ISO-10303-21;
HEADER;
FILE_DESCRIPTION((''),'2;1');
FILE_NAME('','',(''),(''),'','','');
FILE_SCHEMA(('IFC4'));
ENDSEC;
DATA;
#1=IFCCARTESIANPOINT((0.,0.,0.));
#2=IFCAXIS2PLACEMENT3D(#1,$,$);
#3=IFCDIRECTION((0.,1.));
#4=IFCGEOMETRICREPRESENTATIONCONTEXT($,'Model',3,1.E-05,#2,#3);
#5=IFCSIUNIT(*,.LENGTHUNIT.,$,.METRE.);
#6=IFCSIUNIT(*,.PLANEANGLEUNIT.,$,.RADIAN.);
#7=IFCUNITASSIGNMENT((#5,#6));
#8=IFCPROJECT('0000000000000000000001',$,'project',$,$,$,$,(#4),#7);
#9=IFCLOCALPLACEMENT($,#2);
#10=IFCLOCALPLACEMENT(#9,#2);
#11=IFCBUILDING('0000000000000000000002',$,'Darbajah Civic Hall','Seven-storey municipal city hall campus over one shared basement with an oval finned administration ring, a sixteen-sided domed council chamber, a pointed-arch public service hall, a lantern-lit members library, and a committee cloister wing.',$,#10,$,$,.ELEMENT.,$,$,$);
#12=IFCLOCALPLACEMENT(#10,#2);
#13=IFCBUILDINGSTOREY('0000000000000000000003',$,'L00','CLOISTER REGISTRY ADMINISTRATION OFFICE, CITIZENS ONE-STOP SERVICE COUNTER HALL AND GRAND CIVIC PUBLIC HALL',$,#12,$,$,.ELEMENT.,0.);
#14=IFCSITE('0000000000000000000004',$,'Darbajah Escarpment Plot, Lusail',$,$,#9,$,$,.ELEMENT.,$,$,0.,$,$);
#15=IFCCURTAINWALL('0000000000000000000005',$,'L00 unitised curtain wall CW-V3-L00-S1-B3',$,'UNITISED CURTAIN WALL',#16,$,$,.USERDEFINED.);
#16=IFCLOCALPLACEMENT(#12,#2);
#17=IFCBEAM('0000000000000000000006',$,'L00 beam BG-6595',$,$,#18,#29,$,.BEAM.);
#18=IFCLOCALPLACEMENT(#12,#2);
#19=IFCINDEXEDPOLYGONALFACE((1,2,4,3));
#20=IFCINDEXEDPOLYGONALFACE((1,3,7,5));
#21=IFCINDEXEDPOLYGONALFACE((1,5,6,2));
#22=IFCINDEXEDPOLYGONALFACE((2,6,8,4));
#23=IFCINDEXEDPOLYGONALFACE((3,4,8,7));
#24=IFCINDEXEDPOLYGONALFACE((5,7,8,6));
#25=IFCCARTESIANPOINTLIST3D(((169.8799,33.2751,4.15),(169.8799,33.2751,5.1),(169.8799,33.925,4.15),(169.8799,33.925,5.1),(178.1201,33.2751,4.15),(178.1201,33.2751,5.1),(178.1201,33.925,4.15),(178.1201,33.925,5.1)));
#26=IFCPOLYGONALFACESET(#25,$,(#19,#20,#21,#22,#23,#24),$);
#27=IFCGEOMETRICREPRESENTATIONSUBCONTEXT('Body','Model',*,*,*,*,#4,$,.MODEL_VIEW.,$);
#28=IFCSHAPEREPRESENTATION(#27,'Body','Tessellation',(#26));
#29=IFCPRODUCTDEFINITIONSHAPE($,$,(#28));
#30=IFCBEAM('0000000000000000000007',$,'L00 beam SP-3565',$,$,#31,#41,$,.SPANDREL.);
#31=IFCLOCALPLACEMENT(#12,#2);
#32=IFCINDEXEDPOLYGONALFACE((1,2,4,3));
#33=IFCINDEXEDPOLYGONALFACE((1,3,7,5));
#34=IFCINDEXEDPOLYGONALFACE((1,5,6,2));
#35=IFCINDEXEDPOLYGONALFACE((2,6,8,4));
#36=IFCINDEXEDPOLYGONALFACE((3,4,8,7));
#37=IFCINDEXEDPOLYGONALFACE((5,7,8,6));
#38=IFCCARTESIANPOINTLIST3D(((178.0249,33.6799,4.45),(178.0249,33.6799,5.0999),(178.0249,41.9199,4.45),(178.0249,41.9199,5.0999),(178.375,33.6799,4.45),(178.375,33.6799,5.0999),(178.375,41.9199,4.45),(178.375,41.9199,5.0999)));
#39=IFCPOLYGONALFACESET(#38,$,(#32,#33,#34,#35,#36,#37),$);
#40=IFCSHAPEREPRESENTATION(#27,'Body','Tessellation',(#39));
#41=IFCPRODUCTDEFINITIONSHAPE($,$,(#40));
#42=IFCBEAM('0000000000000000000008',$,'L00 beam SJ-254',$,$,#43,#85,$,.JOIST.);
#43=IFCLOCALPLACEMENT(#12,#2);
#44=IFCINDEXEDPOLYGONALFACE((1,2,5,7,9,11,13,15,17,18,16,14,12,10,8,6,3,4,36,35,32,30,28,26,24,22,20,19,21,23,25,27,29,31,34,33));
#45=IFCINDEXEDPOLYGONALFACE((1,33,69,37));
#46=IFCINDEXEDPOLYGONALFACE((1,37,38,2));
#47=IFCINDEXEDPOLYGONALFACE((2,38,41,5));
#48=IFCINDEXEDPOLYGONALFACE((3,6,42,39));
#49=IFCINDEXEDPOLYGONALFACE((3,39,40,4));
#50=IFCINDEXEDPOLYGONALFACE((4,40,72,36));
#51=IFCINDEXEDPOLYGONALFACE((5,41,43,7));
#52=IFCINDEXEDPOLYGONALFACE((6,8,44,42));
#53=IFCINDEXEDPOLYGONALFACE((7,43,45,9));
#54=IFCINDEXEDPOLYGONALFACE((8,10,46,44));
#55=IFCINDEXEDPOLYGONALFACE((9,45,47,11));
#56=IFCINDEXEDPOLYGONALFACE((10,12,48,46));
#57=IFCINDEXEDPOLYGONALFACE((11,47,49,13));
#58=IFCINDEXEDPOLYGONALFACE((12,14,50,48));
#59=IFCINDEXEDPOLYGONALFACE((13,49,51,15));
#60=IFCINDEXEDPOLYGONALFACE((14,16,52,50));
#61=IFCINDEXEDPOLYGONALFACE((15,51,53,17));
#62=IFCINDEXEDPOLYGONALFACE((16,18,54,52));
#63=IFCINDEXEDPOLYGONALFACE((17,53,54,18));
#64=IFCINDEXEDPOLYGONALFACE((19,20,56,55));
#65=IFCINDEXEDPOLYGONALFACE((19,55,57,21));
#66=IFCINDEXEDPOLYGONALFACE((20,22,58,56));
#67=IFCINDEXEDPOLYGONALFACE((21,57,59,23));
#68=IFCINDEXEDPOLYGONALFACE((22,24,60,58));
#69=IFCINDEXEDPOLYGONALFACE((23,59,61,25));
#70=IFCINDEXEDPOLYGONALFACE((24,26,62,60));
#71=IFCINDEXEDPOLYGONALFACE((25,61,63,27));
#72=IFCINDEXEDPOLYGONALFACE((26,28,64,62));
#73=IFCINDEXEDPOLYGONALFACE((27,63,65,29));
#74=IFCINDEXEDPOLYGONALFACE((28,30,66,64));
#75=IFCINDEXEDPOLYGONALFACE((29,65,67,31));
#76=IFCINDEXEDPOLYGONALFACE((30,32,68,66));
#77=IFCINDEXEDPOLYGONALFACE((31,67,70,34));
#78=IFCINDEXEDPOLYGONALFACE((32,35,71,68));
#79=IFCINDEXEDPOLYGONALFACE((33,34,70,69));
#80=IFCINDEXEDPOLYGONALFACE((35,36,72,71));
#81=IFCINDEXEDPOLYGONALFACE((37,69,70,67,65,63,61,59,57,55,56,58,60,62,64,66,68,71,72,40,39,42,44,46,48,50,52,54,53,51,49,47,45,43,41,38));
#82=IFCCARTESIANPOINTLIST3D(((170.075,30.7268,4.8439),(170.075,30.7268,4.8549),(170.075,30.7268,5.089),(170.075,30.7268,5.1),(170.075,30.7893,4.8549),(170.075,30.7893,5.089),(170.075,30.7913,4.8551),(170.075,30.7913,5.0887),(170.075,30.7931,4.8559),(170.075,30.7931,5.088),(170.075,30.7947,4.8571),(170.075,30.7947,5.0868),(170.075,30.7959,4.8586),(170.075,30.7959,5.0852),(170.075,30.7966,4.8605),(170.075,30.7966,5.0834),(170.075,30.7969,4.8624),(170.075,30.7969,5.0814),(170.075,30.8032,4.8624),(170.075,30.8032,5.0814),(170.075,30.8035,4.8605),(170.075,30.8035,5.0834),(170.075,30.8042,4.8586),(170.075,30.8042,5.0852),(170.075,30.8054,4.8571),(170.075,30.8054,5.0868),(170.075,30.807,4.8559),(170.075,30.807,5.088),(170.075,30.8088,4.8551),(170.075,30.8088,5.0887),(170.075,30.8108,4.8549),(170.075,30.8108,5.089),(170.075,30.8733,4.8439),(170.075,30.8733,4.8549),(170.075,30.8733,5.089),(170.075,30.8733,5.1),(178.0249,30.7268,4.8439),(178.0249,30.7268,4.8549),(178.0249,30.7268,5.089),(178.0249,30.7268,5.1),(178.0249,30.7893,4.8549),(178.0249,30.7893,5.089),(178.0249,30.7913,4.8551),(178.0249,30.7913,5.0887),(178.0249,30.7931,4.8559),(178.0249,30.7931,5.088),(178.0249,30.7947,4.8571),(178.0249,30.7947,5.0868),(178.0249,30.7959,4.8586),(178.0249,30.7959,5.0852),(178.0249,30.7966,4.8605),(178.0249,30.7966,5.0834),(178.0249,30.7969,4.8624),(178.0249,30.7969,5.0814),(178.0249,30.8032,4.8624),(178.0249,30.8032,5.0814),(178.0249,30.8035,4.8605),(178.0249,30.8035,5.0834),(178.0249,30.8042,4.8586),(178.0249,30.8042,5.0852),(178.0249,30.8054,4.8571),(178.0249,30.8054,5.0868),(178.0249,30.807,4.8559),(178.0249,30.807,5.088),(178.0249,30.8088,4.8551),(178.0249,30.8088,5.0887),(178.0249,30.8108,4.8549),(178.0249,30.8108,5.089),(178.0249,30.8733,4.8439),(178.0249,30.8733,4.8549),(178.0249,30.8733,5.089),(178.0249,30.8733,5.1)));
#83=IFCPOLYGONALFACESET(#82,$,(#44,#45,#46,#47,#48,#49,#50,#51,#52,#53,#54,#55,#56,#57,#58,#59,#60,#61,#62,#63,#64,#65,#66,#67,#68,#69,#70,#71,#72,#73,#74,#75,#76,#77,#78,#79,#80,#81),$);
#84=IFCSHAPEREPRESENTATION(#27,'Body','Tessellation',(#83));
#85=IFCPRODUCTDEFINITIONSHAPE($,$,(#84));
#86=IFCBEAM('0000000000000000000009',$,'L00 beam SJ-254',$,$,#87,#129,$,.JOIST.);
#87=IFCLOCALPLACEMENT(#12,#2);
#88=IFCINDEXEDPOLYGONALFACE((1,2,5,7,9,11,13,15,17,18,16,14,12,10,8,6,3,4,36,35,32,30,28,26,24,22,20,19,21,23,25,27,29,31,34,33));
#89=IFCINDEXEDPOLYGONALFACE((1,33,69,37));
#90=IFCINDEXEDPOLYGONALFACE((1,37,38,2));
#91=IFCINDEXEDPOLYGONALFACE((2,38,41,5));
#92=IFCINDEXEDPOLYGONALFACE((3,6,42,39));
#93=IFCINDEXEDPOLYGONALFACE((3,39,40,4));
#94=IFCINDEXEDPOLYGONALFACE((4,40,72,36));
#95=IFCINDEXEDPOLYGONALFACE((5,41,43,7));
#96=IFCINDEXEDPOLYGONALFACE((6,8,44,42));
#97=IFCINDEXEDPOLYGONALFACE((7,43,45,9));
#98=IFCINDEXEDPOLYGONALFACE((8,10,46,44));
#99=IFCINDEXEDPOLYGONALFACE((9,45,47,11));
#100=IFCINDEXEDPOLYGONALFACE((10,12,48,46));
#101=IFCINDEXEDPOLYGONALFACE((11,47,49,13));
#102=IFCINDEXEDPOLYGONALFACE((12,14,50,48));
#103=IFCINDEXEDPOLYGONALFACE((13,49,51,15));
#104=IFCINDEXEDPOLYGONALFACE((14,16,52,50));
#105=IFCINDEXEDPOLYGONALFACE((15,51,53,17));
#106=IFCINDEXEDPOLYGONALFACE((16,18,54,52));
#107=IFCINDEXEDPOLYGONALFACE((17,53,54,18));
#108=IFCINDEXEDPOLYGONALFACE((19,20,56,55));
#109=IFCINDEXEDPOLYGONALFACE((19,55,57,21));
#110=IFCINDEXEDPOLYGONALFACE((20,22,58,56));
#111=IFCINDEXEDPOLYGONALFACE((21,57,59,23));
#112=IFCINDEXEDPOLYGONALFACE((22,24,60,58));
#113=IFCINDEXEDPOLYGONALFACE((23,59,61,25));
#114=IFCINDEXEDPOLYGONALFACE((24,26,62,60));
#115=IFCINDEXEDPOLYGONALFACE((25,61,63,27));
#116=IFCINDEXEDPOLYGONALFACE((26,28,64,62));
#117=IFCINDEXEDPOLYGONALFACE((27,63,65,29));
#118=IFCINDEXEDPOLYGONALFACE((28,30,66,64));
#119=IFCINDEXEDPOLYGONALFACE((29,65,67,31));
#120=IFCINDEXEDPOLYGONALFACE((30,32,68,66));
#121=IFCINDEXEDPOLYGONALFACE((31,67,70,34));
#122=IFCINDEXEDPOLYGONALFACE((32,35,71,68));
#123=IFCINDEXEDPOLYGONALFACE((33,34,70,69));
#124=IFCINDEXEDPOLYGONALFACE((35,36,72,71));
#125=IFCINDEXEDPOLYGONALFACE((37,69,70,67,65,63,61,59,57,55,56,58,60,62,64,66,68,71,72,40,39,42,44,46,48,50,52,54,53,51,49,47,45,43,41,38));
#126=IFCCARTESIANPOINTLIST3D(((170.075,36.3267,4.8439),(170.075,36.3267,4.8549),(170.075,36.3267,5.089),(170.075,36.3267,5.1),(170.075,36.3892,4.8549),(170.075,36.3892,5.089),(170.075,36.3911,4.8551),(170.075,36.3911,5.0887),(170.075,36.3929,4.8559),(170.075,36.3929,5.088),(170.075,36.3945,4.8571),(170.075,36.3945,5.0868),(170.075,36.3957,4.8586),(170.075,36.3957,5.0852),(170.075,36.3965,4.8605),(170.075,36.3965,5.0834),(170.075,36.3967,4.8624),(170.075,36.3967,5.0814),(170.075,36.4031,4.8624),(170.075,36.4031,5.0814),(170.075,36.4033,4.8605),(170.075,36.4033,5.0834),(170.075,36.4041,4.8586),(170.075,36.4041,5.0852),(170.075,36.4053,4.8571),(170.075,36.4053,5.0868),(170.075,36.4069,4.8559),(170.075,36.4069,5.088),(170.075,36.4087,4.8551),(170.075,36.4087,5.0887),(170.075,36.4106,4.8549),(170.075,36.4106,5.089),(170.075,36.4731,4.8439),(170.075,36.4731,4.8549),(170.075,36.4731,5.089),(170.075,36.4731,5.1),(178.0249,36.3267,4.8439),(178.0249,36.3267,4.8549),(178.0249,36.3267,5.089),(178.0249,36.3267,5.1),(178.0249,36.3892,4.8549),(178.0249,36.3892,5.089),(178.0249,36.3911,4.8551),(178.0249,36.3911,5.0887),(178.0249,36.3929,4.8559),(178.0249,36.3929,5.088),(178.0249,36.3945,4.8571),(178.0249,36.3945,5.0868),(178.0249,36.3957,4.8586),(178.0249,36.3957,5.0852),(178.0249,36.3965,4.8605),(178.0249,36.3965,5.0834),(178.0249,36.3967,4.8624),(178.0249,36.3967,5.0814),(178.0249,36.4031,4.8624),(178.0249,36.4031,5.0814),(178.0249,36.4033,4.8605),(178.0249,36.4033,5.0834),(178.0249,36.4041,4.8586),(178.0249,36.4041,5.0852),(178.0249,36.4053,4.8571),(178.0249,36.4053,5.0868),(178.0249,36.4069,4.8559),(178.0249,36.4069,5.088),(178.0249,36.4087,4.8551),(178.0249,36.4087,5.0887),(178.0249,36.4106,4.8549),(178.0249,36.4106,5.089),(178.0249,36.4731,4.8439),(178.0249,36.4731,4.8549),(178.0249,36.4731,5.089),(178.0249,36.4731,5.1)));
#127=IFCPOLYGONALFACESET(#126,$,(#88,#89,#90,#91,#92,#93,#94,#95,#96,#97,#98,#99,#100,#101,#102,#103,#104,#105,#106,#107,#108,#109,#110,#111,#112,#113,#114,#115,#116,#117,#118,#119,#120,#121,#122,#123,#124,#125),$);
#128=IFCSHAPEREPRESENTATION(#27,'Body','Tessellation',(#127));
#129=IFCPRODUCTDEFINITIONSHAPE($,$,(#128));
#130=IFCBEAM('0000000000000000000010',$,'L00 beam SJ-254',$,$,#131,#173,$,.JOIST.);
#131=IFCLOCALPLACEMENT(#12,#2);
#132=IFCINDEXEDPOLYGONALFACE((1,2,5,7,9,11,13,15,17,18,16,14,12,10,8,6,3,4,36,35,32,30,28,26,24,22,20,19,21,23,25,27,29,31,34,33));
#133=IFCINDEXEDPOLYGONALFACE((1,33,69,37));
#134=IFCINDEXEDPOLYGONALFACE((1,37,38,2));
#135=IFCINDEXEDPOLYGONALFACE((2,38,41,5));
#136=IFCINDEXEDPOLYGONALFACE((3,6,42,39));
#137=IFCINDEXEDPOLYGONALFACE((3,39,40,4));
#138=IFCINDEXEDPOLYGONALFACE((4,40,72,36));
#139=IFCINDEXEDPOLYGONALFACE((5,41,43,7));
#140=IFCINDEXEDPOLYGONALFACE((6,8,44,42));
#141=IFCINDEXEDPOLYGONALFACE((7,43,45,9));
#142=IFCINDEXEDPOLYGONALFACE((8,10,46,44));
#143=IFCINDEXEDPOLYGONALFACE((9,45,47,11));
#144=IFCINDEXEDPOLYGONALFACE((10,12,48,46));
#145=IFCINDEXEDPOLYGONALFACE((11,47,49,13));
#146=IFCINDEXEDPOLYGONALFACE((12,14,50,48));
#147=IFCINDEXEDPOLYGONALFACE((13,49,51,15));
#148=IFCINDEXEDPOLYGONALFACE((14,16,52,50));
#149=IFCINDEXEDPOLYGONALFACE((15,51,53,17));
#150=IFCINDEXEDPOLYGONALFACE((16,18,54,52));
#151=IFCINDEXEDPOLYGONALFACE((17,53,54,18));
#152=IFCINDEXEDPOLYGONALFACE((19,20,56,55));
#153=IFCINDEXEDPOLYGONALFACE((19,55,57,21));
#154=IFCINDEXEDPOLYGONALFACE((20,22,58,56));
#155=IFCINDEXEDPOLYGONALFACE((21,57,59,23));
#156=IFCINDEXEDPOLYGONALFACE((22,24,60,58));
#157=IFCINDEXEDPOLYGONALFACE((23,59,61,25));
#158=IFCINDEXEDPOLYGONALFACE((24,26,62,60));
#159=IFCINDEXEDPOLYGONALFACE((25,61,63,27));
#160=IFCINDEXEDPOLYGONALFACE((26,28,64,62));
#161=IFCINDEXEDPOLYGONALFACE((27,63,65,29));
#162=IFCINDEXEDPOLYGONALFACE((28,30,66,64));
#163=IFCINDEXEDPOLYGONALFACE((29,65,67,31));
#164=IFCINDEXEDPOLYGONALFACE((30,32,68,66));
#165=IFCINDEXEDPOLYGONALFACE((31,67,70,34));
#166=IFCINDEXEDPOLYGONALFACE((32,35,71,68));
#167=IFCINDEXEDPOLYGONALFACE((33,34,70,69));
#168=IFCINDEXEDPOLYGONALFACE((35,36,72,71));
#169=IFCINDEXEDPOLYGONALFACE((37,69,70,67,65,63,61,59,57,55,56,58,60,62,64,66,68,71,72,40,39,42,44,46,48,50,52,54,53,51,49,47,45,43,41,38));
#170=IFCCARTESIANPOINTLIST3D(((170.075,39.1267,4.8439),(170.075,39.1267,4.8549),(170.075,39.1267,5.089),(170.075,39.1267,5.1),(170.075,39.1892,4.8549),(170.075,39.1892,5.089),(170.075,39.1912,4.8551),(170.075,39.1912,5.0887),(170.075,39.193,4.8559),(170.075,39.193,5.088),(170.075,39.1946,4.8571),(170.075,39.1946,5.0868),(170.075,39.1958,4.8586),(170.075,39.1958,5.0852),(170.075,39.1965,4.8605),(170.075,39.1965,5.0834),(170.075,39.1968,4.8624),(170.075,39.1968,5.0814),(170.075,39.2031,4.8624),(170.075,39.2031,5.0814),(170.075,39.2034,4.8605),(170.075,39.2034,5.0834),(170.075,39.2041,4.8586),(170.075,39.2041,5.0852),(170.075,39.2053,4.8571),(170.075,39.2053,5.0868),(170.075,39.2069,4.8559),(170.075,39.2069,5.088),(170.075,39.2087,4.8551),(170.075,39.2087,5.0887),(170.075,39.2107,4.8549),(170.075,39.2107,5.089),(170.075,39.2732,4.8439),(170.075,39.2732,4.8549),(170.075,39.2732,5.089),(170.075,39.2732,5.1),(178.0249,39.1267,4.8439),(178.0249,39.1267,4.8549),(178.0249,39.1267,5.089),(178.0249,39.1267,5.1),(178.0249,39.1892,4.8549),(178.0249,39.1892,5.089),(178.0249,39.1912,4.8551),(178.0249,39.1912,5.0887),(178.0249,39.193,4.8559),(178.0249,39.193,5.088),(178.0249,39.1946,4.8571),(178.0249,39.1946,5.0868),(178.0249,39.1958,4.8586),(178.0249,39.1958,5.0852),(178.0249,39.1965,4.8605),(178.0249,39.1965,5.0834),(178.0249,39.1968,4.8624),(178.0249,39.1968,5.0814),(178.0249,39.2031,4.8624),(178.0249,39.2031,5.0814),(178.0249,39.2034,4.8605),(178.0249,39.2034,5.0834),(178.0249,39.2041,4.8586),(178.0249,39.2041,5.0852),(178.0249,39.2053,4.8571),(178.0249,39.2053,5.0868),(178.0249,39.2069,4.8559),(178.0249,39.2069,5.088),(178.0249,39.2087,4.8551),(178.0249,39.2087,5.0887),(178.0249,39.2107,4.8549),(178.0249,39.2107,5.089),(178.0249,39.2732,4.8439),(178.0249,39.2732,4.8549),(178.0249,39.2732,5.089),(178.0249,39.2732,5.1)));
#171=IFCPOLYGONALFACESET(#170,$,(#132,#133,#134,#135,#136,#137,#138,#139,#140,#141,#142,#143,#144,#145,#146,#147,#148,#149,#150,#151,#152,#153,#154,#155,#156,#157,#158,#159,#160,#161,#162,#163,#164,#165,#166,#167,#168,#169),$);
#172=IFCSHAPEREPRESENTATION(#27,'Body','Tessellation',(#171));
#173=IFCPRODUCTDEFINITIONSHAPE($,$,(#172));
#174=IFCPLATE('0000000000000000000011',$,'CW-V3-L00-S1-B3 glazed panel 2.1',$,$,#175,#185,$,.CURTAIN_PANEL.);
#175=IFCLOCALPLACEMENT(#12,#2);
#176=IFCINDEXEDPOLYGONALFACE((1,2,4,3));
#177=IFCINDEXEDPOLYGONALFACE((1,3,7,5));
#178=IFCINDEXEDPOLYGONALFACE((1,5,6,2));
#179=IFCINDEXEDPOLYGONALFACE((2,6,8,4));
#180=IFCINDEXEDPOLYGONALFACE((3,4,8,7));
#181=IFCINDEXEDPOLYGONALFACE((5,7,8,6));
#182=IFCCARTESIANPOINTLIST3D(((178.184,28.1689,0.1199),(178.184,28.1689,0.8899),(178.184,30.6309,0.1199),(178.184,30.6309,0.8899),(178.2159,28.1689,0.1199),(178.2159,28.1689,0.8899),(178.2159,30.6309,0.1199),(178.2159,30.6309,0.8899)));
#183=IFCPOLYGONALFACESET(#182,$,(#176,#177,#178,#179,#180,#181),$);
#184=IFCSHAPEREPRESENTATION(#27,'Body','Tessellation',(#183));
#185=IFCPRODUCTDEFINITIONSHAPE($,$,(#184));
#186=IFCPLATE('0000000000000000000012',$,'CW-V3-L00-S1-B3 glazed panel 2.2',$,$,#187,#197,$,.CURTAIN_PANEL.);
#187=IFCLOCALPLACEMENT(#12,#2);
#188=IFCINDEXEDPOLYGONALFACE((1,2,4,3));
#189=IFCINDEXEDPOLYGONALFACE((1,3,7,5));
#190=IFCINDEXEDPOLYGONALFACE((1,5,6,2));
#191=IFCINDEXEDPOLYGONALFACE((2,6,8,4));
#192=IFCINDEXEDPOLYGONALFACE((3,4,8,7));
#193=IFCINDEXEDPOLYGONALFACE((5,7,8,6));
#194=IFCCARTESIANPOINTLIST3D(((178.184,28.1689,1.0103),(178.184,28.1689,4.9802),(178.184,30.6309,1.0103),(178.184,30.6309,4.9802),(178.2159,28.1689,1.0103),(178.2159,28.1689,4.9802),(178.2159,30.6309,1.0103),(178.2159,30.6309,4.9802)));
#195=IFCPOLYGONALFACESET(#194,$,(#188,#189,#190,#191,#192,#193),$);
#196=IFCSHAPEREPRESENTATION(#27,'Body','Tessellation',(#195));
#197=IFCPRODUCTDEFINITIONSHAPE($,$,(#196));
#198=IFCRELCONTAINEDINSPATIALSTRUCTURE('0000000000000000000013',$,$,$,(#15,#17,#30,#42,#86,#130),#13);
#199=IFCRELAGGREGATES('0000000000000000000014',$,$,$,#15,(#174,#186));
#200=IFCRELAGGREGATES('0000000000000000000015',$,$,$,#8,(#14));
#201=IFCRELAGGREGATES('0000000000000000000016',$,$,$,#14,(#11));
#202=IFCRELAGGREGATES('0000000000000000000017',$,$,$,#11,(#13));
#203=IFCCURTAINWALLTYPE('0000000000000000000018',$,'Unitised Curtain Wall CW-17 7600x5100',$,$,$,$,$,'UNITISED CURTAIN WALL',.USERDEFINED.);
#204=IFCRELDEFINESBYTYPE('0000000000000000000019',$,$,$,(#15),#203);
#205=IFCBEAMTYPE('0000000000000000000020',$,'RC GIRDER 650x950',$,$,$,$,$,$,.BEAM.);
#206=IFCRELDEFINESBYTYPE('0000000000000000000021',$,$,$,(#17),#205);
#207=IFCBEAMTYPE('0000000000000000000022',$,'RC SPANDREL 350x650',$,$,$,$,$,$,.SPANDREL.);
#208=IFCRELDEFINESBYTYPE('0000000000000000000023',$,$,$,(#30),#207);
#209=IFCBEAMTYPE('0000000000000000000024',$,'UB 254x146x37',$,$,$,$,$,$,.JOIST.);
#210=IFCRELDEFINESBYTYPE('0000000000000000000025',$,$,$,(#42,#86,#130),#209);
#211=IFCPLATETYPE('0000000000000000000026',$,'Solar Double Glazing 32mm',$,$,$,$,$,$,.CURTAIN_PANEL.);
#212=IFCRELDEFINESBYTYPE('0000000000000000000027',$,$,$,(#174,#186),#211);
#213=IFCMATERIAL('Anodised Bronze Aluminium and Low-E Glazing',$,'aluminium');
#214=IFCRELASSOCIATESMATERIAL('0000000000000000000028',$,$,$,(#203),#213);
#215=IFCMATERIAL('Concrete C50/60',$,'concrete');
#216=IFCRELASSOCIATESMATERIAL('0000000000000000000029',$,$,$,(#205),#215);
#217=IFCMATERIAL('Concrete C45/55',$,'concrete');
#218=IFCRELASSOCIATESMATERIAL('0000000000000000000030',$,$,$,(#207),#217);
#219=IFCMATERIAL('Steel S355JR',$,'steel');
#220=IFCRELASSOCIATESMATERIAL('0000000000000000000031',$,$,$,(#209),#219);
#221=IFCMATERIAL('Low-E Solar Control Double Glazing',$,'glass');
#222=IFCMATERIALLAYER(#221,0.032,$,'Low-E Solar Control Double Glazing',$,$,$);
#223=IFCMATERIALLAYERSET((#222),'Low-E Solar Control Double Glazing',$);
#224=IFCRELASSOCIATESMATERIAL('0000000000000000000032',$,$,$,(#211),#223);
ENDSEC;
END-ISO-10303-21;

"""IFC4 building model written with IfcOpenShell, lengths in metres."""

from ifc_helpers import new_model, si_unit, direction, frame, origin, origin_2d, place, context, subcontext, project, spatial, rectangle, i_section, extrude, material, layer, layer_set, material_profile, profile_set, type_object, element, aggregate, save


model = new_model("IFC4")

# Units and contexts
model_context = context("Model", 3, precision=1e-05, world=origin(), true_north=direction((0.0, 1.0)))
body_context = subcontext(model_context, "Body", "Model", "MODEL_VIEW")
ifc_project = project(units=[si_unit("LENGTHUNIT", "METRE"), si_unit("PLANEANGLEUNIT", "RADIAN")], contexts=[model_context])

# Site, building, storey
site_placement = place(None, origin())
site = spatial("IfcSite", under=ifc_project, at=site_placement, Name="Darbajah Escarpment Plot, Lusail", CompositionType="ELEMENT", RefElevation=0.0)
building_placement = place(site_placement, origin())
building = spatial("IfcBuilding", under=site, at=building_placement, Name="Darbajah Civic Hall", Description="Seven-storey municipal city hall campus over one shared basement with an oval finned administration ring, a sixteen-sided domed council chamber, a pointed-arch public service hall, a lantern-lit members library, and a committee cloister wing.", CompositionType="ELEMENT")
storey_placement = place(building_placement, origin())
storey = spatial("IfcBuildingStorey", under=building, at=storey_placement, Name="L00", Description="CLOISTER REGISTRY ADMINISTRATION OFFICE, CITIZENS ONE-STOP SERVICE COUNTER HALL AND GRAND CIVIC PUBLIC HALL", CompositionType="ELEMENT", Elevation=0.0)

# Shared definitions
ifc_material_1 = material(Name="Concrete C50/60", Category="concrete")

# Curtain wall
ifc_material_2 = material(Name="Anodised Bronze Aluminium and Low-E Glazing", Category="aluminium")
curtain_wall_type = type_object("IfcCurtainWallType", Name="Unitised Curtain Wall CW-17 7600x5100", ElementType="UNITISED CURTAIN WALL", PredefinedType="USERDEFINED", material=ifc_material_2)
curtain_wall_1_placement = place(storey_placement, origin())
curtain_wall_1 = element("IfcCurtainWall", 1, at=curtain_wall_1_placement, inside=storey, type_object=curtain_wall_type, Name="L00 unitised curtain wall CW-V3-L00-S1-B3", ObjectType="UNITISED CURTAIN WALL", PredefinedType="USERDEFINED")

# Beams
ifc_material_3 = material(Name="Concrete C45/55", Category="concrete")
ifc_material_profile_1 = material_profile(ifc_material_1, rectangle(XDim=0.6499, YDim=0.95, at=origin_2d()), Name="RC GIRDER 650x950")
ifc_profile_set_1 = profile_set([ifc_material_profile_1], Name="Concrete C50/60")
beam_type_1 = type_object("IfcBeamType", Name="RC GIRDER 650x950", PredefinedType="BEAM", material=ifc_profile_set_1)
beam_1_placement = place(storey_placement, frame((169.8799, 33.6001, 4.625), z_axis=(1.0, 0.0, 0.0), x_axis=(0.0, 1.0, 0.0)))
element("IfcBeam", 2, at=beam_1_placement, inside=storey, type_object=beam_type_1, Name="L00 beam BG-6595", PredefinedType="BEAM", context=body_context, shape_type="SweptSolid", body=[
    extrude(rectangle(XDim=0.6499, YDim=0.95, at=origin_2d()), origin(), (0.0, 0.0, 1.0), 8.2402),
])
ifc_material_profile_2 = material_profile(ifc_material_3, rectangle(XDim=0.3501, YDim=0.6499, at=origin_2d()), Name="RC SPANDREL 350x650")
ifc_profile_set_2 = profile_set([ifc_material_profile_2], Name="Concrete C45/55")
beam_type_2 = type_object("IfcBeamType", Name="RC SPANDREL 350x650", PredefinedType="SPANDREL", material=ifc_profile_set_2)
beam_2_placement = place(storey_placement, frame((178.2, 33.6799, 4.7749), z_axis=(0.0, 1.0, 0.0), x_axis=(-1.0, 0.0, 0.0)))
element("IfcBeam", 3, at=beam_2_placement, inside=storey, type_object=beam_type_2, Name="L00 beam SP-3565", PredefinedType="SPANDREL", context=body_context, shape_type="SweptSolid", body=[
    extrude(rectangle(XDim=0.3501, YDim=0.6499, at=origin_2d()), origin(), (0.0, 0.0, 1.0), 8.24),
])
ifc_material_4 = material(Name="Steel S355JR", Category="steel")
ifc_material_profile_3 = material_profile(ifc_material_4, i_section(OverallWidth=0.1465, OverallDepth=0.2561, WebThickness=0.0063, FlangeThickness=0.011, FilletRadius=0.0076, at=origin_2d()), Name="UB 254x146x37")
ifc_profile_set_3 = profile_set([ifc_material_profile_3], Name="Steel S355JR")
beam_type_3 = type_object("IfcBeamType", Name="UB 254x146x37", PredefinedType="JOIST", material=ifc_profile_set_3)
for number, where, z_axis, x_axis, name in (
    (4, (170.075, 30.8, 4.9719), (1.0, 0.0, 0.0), (0.0, 1.0, 0.0), "L00 beam SJ-254"),
    (5, (170.075, 36.3999, 4.9719), (1.0, 0.0, 0.0), (0.0, 1.0, 0.0), "L00 beam SJ-254"),
    (6, (170.075, 39.2, 4.9719), (1.0, 0.0, 0.0), (0.0, 1.0, 0.0), "L00 beam SJ-254"),
):
    element("IfcBeam", number, at=place(storey_placement, frame(where, z_axis=z_axis, x_axis=x_axis)), inside=storey, type_object=beam_type_3, Name=name, PredefinedType="JOIST", context=body_context, shape_type="SweptSolid", body=[
        extrude(i_section(OverallWidth=0.1465, OverallDepth=0.2561, WebThickness=0.0063, FlangeThickness=0.011, FilletRadius=0.0076, at=origin_2d()), origin(), (0.0, 0.0, 1.0), 7.95),
    ])

# Plates
ifc_material_5 = material(Name="Low-E Solar Control Double Glazing", Category="glass")
ifc_layer_1 = layer(ifc_material_5, 0.032, Name="Low-E Solar Control Double Glazing")
ifc_layer_set_1 = layer_set([ifc_layer_1], Name="Low-E Solar Control Double Glazing")
plate_type = type_object("IfcPlateType", Name="Solar Double Glazing 32mm", PredefinedType="CURTAIN_PANEL", material=ifc_layer_set_1)
plate_1_placement = place(storey_placement, frame((178.2, 29.3999, 0.1199), z_axis=(0.0, 0.0, 1.0), x_axis=(0.0, 1.0, 0.0)))
plate_1 = element("IfcPlate", 7, at=plate_1_placement, type_object=plate_type, Name="CW-V3-L00-S1-B3 glazed panel 2.1", PredefinedType="CURTAIN_PANEL", context=body_context, shape_type="SweptSolid", body=[
    extrude(rectangle(XDim=2.4619, YDim=0.032, at=origin_2d()), origin(), (0.0, 0.0, 1.0), 0.77),
])
plate_2_placement = place(storey_placement, frame((178.2, 29.3999, 1.0103), z_axis=(0.0, 0.0, 1.0), x_axis=(0.0, 1.0, 0.0)))
plate_2 = element("IfcPlate", 8, at=plate_2_placement, type_object=plate_type, Name="CW-V3-L00-S1-B3 glazed panel 2.2", PredefinedType="CURTAIN_PANEL", context=body_context, shape_type="SweptSolid", body=[
    extrude(rectangle(XDim=2.4619, YDim=0.032, at=origin_2d()), origin(), (0.0, 0.0, 1.0), 3.97),
])
aggregate(curtain_wall_1, [plate_1, plate_2])

save(model, "model.ifc")
